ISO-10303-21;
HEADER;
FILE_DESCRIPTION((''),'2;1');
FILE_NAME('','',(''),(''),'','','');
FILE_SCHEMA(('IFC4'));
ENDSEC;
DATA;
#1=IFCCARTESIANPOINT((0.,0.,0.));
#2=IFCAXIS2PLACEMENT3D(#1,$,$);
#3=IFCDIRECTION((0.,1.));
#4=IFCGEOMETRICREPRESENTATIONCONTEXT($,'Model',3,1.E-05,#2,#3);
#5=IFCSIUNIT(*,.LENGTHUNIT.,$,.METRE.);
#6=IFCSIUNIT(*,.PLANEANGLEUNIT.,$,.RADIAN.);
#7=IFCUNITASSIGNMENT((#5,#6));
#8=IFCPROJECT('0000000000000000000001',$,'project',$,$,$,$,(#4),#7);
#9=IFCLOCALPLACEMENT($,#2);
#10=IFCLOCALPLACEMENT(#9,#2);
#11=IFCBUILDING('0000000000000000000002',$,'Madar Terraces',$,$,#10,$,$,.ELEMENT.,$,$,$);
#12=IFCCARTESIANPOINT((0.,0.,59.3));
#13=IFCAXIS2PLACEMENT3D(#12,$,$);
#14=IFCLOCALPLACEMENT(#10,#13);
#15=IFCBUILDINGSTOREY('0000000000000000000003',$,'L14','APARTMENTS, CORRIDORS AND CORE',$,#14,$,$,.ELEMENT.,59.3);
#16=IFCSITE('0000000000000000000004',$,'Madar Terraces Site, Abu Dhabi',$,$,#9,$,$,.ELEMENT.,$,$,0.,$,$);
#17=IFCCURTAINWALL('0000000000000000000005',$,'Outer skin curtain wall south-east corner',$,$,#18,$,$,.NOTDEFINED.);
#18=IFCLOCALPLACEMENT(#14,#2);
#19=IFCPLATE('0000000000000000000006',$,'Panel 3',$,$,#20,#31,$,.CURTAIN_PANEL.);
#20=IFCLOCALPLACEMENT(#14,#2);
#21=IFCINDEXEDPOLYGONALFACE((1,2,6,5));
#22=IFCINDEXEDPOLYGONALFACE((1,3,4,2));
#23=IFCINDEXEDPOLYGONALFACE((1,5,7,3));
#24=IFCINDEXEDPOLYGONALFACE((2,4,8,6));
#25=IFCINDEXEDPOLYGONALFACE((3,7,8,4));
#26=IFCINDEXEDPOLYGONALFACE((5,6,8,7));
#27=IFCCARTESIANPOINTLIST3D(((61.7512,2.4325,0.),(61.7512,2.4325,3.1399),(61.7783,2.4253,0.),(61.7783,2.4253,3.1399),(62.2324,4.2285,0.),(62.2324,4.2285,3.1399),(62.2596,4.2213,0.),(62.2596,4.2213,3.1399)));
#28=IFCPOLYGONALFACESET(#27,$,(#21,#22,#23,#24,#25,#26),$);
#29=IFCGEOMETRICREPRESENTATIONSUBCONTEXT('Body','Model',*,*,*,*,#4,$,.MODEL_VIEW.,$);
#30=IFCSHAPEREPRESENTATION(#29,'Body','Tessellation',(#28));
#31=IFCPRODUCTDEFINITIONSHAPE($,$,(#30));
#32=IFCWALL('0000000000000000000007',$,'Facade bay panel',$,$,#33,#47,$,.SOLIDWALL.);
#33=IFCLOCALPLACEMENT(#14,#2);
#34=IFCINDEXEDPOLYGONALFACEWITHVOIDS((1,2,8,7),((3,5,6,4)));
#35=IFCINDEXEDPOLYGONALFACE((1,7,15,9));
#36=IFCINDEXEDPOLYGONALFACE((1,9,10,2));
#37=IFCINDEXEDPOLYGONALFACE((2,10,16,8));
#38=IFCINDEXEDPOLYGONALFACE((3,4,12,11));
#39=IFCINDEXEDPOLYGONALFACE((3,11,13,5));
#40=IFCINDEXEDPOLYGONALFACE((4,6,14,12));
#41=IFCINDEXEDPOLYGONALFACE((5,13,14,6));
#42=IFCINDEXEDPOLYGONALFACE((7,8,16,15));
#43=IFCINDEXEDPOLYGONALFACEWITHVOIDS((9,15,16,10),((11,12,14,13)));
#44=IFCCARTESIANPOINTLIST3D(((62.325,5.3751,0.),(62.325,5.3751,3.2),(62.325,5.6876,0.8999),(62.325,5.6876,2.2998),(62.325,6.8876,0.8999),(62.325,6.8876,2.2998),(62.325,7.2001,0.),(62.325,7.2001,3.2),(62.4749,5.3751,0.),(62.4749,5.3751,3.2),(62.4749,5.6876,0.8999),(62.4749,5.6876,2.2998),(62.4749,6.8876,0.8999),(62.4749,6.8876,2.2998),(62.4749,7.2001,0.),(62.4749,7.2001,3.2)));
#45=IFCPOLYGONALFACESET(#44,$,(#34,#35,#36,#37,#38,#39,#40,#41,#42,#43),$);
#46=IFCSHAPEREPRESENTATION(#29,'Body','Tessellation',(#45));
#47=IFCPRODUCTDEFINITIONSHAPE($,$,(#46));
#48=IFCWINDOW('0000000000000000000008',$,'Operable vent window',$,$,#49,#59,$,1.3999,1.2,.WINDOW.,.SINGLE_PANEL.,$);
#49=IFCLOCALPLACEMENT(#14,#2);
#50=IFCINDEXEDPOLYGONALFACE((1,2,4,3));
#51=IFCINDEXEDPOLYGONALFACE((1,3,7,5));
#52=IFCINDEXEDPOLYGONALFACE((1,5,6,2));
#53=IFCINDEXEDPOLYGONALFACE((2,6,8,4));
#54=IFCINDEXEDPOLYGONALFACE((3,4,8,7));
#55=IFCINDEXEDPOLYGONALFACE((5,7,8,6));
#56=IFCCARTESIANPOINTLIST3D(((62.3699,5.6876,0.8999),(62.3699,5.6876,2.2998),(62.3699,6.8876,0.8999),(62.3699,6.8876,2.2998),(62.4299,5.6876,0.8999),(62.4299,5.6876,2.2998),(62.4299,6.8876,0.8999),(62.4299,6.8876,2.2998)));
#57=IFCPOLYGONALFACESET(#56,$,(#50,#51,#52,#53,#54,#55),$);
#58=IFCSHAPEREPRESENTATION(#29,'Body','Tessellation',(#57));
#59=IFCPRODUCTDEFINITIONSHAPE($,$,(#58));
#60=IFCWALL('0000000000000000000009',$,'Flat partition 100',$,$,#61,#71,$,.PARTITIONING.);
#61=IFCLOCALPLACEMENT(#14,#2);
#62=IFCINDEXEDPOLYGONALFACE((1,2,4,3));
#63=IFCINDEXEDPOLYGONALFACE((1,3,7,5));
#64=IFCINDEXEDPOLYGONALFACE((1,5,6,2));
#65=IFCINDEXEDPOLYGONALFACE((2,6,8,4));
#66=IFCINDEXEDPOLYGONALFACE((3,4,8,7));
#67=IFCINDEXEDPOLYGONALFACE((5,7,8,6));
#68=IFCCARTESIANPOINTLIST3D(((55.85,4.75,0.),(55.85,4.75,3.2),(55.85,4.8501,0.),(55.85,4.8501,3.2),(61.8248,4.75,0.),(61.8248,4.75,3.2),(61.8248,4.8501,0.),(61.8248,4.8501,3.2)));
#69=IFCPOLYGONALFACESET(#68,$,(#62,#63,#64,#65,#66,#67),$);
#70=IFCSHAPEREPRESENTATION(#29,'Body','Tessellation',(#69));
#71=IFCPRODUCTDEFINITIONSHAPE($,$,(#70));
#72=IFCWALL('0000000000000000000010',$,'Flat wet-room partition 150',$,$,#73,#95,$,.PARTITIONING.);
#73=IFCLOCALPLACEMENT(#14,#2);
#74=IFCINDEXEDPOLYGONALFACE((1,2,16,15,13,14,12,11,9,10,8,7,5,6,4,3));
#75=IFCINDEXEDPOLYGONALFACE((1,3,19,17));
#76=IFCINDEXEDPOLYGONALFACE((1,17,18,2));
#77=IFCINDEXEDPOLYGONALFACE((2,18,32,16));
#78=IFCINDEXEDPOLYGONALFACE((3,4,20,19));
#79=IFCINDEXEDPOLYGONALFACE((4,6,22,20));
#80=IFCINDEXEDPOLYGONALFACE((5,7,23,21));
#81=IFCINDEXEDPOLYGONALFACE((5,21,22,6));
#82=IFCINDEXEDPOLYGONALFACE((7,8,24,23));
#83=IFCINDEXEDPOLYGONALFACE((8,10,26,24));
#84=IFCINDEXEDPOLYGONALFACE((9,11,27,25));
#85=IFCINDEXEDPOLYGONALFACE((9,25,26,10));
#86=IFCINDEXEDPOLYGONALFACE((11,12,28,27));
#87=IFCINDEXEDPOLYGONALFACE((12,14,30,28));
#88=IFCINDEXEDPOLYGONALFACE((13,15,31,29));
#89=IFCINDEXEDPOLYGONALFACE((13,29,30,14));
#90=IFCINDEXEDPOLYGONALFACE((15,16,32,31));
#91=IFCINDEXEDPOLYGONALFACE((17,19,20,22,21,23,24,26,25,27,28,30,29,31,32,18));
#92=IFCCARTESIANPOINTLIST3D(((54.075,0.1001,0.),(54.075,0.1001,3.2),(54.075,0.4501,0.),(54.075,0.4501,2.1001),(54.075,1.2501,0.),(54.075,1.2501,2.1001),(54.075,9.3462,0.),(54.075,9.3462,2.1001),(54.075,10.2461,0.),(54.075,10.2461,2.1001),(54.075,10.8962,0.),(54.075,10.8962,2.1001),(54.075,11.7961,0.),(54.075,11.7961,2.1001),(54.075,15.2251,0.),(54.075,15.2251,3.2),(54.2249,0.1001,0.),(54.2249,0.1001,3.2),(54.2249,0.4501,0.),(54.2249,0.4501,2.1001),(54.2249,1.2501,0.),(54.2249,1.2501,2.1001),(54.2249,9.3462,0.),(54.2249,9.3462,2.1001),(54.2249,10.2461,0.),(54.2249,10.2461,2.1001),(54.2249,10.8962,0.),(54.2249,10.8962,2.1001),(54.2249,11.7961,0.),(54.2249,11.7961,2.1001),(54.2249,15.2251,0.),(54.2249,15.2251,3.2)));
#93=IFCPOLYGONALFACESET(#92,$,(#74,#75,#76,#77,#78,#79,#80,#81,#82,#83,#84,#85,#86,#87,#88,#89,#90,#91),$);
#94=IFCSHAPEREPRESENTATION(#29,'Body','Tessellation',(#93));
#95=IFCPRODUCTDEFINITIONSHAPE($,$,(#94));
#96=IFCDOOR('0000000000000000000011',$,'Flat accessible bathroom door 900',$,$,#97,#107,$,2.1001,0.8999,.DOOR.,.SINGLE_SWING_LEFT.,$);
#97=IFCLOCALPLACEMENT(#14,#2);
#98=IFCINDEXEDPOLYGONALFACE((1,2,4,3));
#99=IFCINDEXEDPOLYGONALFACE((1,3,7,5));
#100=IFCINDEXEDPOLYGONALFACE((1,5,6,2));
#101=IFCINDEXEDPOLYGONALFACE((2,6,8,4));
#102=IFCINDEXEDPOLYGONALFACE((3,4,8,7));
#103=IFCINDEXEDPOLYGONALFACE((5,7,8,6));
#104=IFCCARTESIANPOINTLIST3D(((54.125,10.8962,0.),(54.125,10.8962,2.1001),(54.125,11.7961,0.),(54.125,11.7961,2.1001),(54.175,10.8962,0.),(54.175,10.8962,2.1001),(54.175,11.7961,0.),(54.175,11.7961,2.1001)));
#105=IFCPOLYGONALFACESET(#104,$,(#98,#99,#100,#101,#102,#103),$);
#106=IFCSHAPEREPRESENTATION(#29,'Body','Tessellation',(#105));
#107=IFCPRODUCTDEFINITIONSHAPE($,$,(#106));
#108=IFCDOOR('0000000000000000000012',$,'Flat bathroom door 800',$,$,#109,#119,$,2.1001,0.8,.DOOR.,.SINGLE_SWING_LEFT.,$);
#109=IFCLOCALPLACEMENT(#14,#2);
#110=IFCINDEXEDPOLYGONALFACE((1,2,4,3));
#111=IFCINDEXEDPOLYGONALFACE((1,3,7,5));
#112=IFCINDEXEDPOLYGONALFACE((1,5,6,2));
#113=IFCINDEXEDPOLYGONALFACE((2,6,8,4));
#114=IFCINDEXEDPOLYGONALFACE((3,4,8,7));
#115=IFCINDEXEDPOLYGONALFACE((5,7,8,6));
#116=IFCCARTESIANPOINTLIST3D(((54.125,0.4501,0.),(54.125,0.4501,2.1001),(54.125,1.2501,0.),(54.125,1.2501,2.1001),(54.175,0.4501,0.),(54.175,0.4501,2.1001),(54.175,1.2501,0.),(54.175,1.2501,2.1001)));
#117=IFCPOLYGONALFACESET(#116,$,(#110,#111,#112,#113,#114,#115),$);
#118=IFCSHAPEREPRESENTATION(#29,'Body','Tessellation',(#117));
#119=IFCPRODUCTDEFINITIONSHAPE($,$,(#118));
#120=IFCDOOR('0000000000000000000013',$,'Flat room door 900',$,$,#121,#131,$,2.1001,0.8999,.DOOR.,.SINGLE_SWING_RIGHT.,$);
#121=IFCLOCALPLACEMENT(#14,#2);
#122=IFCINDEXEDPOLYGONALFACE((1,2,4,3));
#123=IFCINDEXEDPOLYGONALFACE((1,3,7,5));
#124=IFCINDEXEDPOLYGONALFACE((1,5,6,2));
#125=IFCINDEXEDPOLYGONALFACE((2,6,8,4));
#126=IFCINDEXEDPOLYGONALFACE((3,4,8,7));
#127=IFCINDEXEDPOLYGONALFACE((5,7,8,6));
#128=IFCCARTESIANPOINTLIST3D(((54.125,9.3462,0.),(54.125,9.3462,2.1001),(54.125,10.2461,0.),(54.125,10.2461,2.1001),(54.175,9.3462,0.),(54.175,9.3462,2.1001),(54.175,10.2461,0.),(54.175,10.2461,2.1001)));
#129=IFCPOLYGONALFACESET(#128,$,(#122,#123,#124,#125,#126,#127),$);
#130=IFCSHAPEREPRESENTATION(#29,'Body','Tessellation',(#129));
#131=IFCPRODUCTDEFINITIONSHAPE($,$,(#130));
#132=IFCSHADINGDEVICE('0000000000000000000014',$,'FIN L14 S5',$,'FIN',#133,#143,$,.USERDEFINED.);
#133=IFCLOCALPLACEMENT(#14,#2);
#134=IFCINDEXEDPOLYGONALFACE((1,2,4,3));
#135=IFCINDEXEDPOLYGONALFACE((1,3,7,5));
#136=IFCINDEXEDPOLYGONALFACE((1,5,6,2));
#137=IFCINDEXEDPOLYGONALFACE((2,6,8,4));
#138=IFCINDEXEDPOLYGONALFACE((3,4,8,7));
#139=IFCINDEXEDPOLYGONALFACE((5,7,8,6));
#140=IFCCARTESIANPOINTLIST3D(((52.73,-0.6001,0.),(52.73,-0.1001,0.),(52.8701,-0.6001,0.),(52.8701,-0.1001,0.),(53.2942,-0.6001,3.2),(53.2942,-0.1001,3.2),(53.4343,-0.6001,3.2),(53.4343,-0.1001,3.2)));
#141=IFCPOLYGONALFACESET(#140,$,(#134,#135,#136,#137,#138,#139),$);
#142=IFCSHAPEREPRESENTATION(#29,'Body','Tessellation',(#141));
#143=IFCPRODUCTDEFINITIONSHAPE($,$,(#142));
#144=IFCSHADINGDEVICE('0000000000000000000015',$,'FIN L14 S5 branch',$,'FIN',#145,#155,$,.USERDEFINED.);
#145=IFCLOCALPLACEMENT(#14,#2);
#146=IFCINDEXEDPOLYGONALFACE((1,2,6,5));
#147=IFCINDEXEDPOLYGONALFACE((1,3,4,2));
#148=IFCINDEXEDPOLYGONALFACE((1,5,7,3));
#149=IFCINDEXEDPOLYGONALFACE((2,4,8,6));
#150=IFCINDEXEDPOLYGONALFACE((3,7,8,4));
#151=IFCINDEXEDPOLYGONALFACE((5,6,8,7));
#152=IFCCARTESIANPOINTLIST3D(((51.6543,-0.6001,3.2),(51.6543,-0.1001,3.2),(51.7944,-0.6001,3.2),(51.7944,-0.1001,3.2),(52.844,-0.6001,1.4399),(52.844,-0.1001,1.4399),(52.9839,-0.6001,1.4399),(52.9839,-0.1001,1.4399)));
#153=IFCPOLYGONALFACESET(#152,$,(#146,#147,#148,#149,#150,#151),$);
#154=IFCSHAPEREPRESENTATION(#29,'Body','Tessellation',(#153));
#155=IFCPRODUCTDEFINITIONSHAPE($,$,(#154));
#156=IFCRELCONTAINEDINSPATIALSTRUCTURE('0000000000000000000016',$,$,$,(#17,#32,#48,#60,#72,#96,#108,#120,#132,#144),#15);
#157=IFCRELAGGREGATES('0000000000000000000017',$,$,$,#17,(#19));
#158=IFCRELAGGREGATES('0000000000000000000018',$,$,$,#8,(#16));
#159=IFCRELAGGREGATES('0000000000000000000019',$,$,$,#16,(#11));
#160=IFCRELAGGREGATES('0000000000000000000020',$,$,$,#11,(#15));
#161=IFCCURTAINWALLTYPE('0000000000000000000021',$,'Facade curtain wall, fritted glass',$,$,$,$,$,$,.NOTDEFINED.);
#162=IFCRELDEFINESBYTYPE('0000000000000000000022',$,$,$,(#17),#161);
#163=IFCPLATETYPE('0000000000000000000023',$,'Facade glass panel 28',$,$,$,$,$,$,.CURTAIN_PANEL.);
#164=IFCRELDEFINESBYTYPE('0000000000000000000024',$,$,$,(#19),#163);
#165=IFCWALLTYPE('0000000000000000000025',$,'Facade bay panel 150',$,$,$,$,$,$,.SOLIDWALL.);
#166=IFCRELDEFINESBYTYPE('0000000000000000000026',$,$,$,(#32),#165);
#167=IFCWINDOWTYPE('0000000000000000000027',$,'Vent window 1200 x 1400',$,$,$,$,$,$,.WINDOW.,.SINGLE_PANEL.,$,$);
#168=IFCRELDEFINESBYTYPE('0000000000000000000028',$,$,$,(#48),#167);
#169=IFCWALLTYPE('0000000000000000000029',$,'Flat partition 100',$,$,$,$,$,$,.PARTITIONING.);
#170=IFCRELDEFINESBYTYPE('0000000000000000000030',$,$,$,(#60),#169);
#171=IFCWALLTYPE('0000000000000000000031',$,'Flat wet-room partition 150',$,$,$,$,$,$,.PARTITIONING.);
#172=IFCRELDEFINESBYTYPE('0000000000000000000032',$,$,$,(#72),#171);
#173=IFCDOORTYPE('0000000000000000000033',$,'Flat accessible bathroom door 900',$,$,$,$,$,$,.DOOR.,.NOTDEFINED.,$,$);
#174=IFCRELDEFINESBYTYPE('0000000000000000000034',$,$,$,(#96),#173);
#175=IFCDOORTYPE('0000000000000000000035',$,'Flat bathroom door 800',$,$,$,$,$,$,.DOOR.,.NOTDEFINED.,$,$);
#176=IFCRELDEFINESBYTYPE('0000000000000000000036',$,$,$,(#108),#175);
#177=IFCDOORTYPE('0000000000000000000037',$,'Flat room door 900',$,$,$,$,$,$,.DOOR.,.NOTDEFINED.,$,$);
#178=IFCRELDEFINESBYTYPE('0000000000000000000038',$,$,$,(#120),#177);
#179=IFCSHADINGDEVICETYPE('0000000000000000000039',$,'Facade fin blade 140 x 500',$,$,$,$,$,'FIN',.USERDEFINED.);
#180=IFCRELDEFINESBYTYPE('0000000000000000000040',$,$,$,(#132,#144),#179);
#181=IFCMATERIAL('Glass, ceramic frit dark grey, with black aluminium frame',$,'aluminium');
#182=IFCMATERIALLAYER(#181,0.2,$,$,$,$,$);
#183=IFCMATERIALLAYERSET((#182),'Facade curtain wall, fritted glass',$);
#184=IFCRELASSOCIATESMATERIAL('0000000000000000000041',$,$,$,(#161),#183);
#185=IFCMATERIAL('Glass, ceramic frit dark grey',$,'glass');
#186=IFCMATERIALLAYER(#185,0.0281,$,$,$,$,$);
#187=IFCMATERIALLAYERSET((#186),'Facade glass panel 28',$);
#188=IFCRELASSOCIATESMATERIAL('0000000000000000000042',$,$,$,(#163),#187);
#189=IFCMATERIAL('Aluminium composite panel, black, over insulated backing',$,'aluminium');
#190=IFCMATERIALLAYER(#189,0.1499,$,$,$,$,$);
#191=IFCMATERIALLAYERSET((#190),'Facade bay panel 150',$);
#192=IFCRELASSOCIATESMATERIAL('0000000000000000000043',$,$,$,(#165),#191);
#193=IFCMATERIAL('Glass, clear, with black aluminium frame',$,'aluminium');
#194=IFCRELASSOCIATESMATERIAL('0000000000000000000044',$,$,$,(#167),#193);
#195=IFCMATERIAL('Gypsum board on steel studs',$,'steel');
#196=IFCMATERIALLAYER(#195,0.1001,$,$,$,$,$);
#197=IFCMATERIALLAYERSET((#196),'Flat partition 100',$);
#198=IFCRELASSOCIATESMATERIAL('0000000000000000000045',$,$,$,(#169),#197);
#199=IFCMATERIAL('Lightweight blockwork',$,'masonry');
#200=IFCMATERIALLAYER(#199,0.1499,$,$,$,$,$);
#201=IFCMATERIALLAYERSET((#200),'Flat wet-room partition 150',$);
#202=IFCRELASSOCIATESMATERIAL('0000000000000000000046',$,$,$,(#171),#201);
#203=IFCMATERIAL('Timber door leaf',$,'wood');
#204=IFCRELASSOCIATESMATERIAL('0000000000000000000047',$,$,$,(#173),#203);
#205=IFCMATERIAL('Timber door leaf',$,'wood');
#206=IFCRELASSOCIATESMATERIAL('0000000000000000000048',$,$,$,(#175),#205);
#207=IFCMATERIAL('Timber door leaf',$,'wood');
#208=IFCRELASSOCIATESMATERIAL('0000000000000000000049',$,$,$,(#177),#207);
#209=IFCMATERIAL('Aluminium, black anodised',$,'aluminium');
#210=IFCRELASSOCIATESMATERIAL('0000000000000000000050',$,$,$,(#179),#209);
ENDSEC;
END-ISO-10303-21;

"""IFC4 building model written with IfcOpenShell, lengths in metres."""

from ifc_helpers import new_model, si_unit, direction, frame, frame_2d, origin, origin_2d, place, context, subcontext, project, spatial, polyline, rectangle, outline, extrude, material, layer, layer_set, type_object, element, fill, aggregate, save


model = new_model("IFC4")

# Units and contexts
model_context = context("Model", 3, precision=1e-05, world=origin(), true_north=direction((0.0, 1.0)))
body_context = subcontext(model_context, "Body", "Model", "MODEL_VIEW")
ifc_project = project(units=[si_unit("LENGTHUNIT", "METRE"), si_unit("PLANEANGLEUNIT", "RADIAN")], contexts=[model_context])

# Site, building, storey
site_placement = place(None, origin())
site = spatial("IfcSite", under=ifc_project, at=site_placement, Name="Madar Terraces Site, Abu Dhabi", CompositionType="ELEMENT", RefElevation=0.0)
building_placement = place(site_placement, origin())
building = spatial("IfcBuilding", under=site, at=building_placement, Name="Madar Terraces", CompositionType="ELEMENT")
storey_placement = place(building_placement, frame((0.0, 0.0, 59.3)))
storey = spatial("IfcBuildingStorey", under=building, at=storey_placement, Name="L14", Description="APARTMENTS, CORRIDORS AND CORE", CompositionType="ELEMENT", Elevation=59.3)

# Shared definitions
ifc_material_1 = material(Name="Glass, ceramic frit dark grey, with black aluminium frame", Category="aluminium")
ifc_layer_1 = layer(ifc_material_1, 0.2)
ifc_layer_set_1 = layer_set([ifc_layer_1], Name="Facade curtain wall, fritted glass")
curtain_wall_type = type_object("IfcCurtainWallType", Name="Facade curtain wall, fritted glass", PredefinedType="NOTDEFINED", material=ifc_layer_set_1)

# Curtain wall
curtain_wall_1_placement = place(storey_placement, origin())
curtain_wall_1 = element("IfcCurtainWall", 1, at=curtain_wall_1_placement, inside=storey, type_object=curtain_wall_type, Name="Outer skin curtain wall south-east corner", PredefinedType="NOTDEFINED")

# Plate
ifc_material_2 = material(Name="Glass, ceramic frit dark grey", Category="glass")
ifc_layer_2 = layer(ifc_material_2, 0.0281)
ifc_layer_set_2 = layer_set([ifc_layer_2], Name="Facade glass panel 28")
plate_type = type_object("IfcPlateType", Name="Facade glass panel 28", PredefinedType="CURTAIN_PANEL", material=ifc_layer_set_2)
plate_1_placement = place(storey_placement, frame((62.0054, 3.3269, 0.0), z_axis=(0.0, 0.0, 1.0), x_axis=(0.258819, 0.965926, 0.0)))
plate_1 = element("IfcPlate", 2, at=plate_1_placement, type_object=plate_type, Name="Panel 3", PredefinedType="CURTAIN_PANEL", context=body_context, shape_type="SweptSolid", body=[
    extrude(rectangle(XDim=1.8594, YDim=0.0281, at=origin_2d()), origin(), (0.0, 0.0, 1.0), 3.1399),
])
aggregate(curtain_wall_1, [plate_1])

# Wall, opening, window
ifc_material_3 = material(Name="Aluminium composite panel, black, over insulated backing", Category="aluminium")
ifc_layer_3 = layer(ifc_material_3, 0.1499)
ifc_layer_set_3 = layer_set([ifc_layer_3], Name="Facade bay panel 150")
wall_type_1 = type_object("IfcWallType", Name="Facade bay panel 150", PredefinedType="SOLIDWALL", material=ifc_layer_set_3)
wall_1_placement = place(storey_placement, frame((62.3999, 5.375, 0.0), z_axis=(0.0, 0.0, 1.0), x_axis=(0.0, 1.0, 0.0)))
wall_1 = element("IfcWall", 3, at=wall_1_placement, inside=storey, type_object=wall_type_1, Name="Facade bay panel", PredefinedType="SOLIDWALL", context=body_context, shape_type="SweptSolid", body=[
    extrude(rectangle(XDim=1.825, YDim=0.1499, at=frame_2d((0.9126, 0.0))), origin(), (0.0, 0.0, 1.0), 3.2),
])
opening_1_placement = place(wall_1_placement, frame((0.3125, 0.0, 0.8999)))
opening_1 = element("IfcOpeningElement", 4, at=opening_1_placement, cuts=wall_1, PredefinedType="OPENING", context=body_context, shape_type="SweptSolid", body=[
    extrude(rectangle(XDim=1.2, YDim=1.3999, at=frame_2d((0.6001, 0.7))), frame((0.0, 0.085, 0.0), z_axis=(0.0, -1.0, 0.0), x_axis=(1.0, 0.0, 0.0)), (0.0, 0.0, 1.0), 0.1699),
])
ifc_material_4 = material(Name="Glass, clear, with black aluminium frame", Category="aluminium")
window_type = type_object("IfcWindowType", Name="Vent window 1200 x 1400", PartitioningType="SINGLE_PANEL", PredefinedType="WINDOW", material=ifc_material_4)
window_placement = place(opening_1_placement, origin())
window = element("IfcWindow", 5, at=window_placement, inside=storey, type_object=window_type, Name="Operable vent window", OverallHeight=1.3999, OverallWidth=1.2, PartitioningType="SINGLE_PANEL", PredefinedType="WINDOW", context=body_context, shape_type="SweptSolid", body=[
    extrude(rectangle(XDim=1.2, YDim=1.3999, at=frame_2d((0.6001, 0.7))), frame((0.0, 0.03, 0.0), z_axis=(0.0, -1.0, 0.0), x_axis=(1.0, 0.0, 0.0)), (0.0, 0.0, 1.0), 0.0601),
])
fill(opening_1, window)

# Wall
ifc_material_5 = material(Name="Gypsum board on steel studs", Category="steel")
ifc_layer_4 = layer(ifc_material_5, 0.1001)
ifc_layer_set_4 = layer_set([ifc_layer_4], Name="Flat partition 100")
wall_type_2 = type_object("IfcWallType", Name="Flat partition 100", PredefinedType="PARTITIONING", material=ifc_layer_set_4)
wall_2_placement = place(storey_placement, frame((55.8501, 4.8, 0.0), z_axis=(0.0, 0.0, 1.0), x_axis=(1.0, 0.0, 0.0)))
element("IfcWall", 6, at=wall_2_placement, inside=storey, type_object=wall_type_2, Name="Flat partition 100", PredefinedType="PARTITIONING", context=body_context, shape_type="SweptSolid", body=[
    extrude(rectangle(XDim=5.9749, YDim=0.1001, at=frame_2d((2.9873, 0.0))), origin(), (0.0, 0.0, 1.0), 3.2),
])

# Wall, openings, doors
ifc_material_6 = material(Name="Lightweight blockwork", Category="masonry")
ifc_layer_5 = layer(ifc_material_6, 0.1499)
ifc_layer_set_5 = layer_set([ifc_layer_5], Name="Flat wet-room partition 150")
wall_type_3 = type_object("IfcWallType", Name="Flat wet-room partition 150", PredefinedType="PARTITIONING", material=ifc_layer_set_5)
wall_3_placement = place(storey_placement, frame((54.1499, 0.1001, 0.0), z_axis=(0.0, 0.0, 1.0), x_axis=(0.0, 1.0, 0.0)))
wall_3 = element("IfcWall", 7, at=wall_3_placement, inside=storey, type_object=wall_type_3, Name="Flat wet-room partition 150", PredefinedType="PARTITIONING", context=body_context, shape_type="SweptSolid", body=[
    extrude(rectangle(XDim=15.125, YDim=0.1499, at=frame_2d((7.5625, 0.0))), origin(), (0.0, 0.0, 1.0), 3.2),
])
opening_2_placement = place(wall_3_placement, frame((10.7961, 0.0, 0.0)))
opening_2 = element("IfcOpeningElement", 8, at=opening_2_placement, cuts=wall_3, PredefinedType="OPENING", context=body_context, shape_type="SweptSolid", body=[
    extrude(rectangle(XDim=0.8999, YDim=2.1001, at=frame_2d((0.45, 1.05))), frame((0.0, 0.085, 0.0), z_axis=(0.0, -1.0, 0.0), x_axis=(1.0, 0.0, 0.0)), (0.0, 0.0, 1.0), 0.1699),
])
opening_3_placement = place(wall_3_placement, frame((9.2461, 0.0, 0.0)))
opening_3 = element("IfcOpeningElement", 9, at=opening_3_placement, cuts=wall_3, PredefinedType="OPENING", context=body_context, shape_type="SweptSolid", body=[
    extrude(rectangle(XDim=0.8999, YDim=2.1001, at=frame_2d((0.45, 1.05))), frame((0.0, 0.085, 0.0), z_axis=(0.0, -1.0, 0.0), x_axis=(1.0, 0.0, 0.0)), (0.0, 0.0, 1.0), 0.1699),
])
opening_4_placement = place(wall_3_placement, frame((0.3501, 0.0, 0.0)))
opening_4 = element("IfcOpeningElement", 10, at=opening_4_placement, cuts=wall_3, PredefinedType="OPENING", context=body_context, shape_type="SweptSolid", body=[
    extrude(rectangle(XDim=0.8, YDim=2.1001, at=frame_2d((0.3999, 1.05))), frame((0.0, 0.085, 0.0), z_axis=(0.0, -1.0, 0.0), x_axis=(1.0, 0.0, 0.0)), (0.0, 0.0, 1.0), 0.1699),
])
ifc_material_7 = material(Name="Timber door leaf", Category="wood")
door_type_1 = type_object("IfcDoorType", Name="Flat accessible bathroom door 900", OperationType="NOTDEFINED", PredefinedType="DOOR", material=ifc_material_7)
door_1_placement = place(opening_2_placement, origin())
door_1 = element("IfcDoor", 11, at=door_1_placement, inside=storey, type_object=door_type_1, Name="Flat accessible bathroom door 900", OperationType="SINGLE_SWING_LEFT", OverallHeight=2.1001, OverallWidth=0.8999, PredefinedType="DOOR", context=body_context, shape_type="SweptSolid", body=[
    extrude(rectangle(XDim=0.8999, YDim=2.1001, at=frame_2d((0.45, 1.05))), frame((0.0, 0.0249, 0.0), z_axis=(0.0, -1.0, 0.0), x_axis=(1.0, 0.0, 0.0)), (0.0, 0.0, 1.0), 0.05),
])
fill(opening_2, door_1)
ifc_material_8 = material(Name="Timber door leaf", Category="wood")
door_type_2 = type_object("IfcDoorType", Name="Flat bathroom door 800", OperationType="NOTDEFINED", PredefinedType="DOOR", material=ifc_material_8)
door_2_placement = place(opening_4_placement, origin())
door_2 = element("IfcDoor", 12, at=door_2_placement, inside=storey, type_object=door_type_2, Name="Flat bathroom door 800", OperationType="SINGLE_SWING_LEFT", OverallHeight=2.1001, OverallWidth=0.8, PredefinedType="DOOR", context=body_context, shape_type="SweptSolid", body=[
    extrude(rectangle(XDim=0.8, YDim=2.1001, at=frame_2d((0.3999, 1.05))), frame((0.0, 0.0249, 0.0), z_axis=(0.0, -1.0, 0.0), x_axis=(1.0, 0.0, 0.0)), (0.0, 0.0, 1.0), 0.05),
])
fill(opening_4, door_2)
ifc_material_9 = material(Name="Timber door leaf", Category="wood")
door_type_3 = type_object("IfcDoorType", Name="Flat room door 900", OperationType="NOTDEFINED", PredefinedType="DOOR", material=ifc_material_9)
door_3_placement = place(opening_3_placement, origin())
door_3 = element("IfcDoor", 13, at=door_3_placement, inside=storey, type_object=door_type_3, Name="Flat room door 900", OperationType="SINGLE_SWING_RIGHT", OverallHeight=2.1001, OverallWidth=0.8999, PredefinedType="DOOR", context=body_context, shape_type="SweptSolid", body=[
    extrude(rectangle(XDim=0.8999, YDim=2.1001, at=frame_2d((0.45, 1.05))), frame((0.0, 0.0249, 0.0), z_axis=(0.0, -1.0, 0.0), x_axis=(1.0, 0.0, 0.0)), (0.0, 0.0, 1.0), 0.05),
])
fill(opening_3, door_3)

# Shading devices
ifc_material_10 = material(Name="Aluminium, black anodised", Category="aluminium")
shading_device_type = type_object("IfcShadingDeviceType", Name="Facade fin blade 140 x 500", ElementType="FIN", PredefinedType="USERDEFINED", material=ifc_material_10)
shading_device_1_placement = place(storey_placement, frame((52.73, -0.3501, 0.0), z_axis=(0.0, 0.0, 1.0), x_axis=(1.0, 0.0, 0.0)))
element("IfcShadingDevice", 14, at=shading_device_1_placement, inside=storey, type_object=shading_device_type, Name="FIN L14 S5", ObjectType="FIN", PredefinedType="USERDEFINED", context=body_context, shape_type="SweptSolid", body=[
    extrude(outline(polyline([(0.0, 0.0), (0.1401, 0.0), (0.7043, 3.2), (0.5642, 3.2), (0.0, 0.0)])), frame((0.0, 0.25, 0.0), z_axis=(0.0, -1.0, 0.0), x_axis=(1.0, 0.0, 0.0)), (0.0, 0.0, 1.0), 0.5),
])
shading_device_2_placement = place(storey_placement, frame((52.844, -0.3501, 1.4399), z_axis=(0.0, 0.0, 1.0), x_axis=(1.0, 0.0, 0.0)))
element("IfcShadingDevice", 15, at=shading_device_2_placement, inside=storey, type_object=shading_device_type, Name="FIN L14 S5 branch", ObjectType="FIN", PredefinedType="USERDEFINED", context=body_context, shape_type="SweptSolid", body=[
    extrude(outline(polyline([(0.0, 0.0), (0.1399, 0.0), (-1.0496, 1.76), (-1.1897, 1.76), (0.0, 0.0)])), frame((0.0, 0.25, 0.0), z_axis=(0.0, -1.0, 0.0), x_axis=(1.0, 0.0, 0.0)), (0.0, 0.0, 1.0), 0.5),
])

save(model, "model.ifc")
